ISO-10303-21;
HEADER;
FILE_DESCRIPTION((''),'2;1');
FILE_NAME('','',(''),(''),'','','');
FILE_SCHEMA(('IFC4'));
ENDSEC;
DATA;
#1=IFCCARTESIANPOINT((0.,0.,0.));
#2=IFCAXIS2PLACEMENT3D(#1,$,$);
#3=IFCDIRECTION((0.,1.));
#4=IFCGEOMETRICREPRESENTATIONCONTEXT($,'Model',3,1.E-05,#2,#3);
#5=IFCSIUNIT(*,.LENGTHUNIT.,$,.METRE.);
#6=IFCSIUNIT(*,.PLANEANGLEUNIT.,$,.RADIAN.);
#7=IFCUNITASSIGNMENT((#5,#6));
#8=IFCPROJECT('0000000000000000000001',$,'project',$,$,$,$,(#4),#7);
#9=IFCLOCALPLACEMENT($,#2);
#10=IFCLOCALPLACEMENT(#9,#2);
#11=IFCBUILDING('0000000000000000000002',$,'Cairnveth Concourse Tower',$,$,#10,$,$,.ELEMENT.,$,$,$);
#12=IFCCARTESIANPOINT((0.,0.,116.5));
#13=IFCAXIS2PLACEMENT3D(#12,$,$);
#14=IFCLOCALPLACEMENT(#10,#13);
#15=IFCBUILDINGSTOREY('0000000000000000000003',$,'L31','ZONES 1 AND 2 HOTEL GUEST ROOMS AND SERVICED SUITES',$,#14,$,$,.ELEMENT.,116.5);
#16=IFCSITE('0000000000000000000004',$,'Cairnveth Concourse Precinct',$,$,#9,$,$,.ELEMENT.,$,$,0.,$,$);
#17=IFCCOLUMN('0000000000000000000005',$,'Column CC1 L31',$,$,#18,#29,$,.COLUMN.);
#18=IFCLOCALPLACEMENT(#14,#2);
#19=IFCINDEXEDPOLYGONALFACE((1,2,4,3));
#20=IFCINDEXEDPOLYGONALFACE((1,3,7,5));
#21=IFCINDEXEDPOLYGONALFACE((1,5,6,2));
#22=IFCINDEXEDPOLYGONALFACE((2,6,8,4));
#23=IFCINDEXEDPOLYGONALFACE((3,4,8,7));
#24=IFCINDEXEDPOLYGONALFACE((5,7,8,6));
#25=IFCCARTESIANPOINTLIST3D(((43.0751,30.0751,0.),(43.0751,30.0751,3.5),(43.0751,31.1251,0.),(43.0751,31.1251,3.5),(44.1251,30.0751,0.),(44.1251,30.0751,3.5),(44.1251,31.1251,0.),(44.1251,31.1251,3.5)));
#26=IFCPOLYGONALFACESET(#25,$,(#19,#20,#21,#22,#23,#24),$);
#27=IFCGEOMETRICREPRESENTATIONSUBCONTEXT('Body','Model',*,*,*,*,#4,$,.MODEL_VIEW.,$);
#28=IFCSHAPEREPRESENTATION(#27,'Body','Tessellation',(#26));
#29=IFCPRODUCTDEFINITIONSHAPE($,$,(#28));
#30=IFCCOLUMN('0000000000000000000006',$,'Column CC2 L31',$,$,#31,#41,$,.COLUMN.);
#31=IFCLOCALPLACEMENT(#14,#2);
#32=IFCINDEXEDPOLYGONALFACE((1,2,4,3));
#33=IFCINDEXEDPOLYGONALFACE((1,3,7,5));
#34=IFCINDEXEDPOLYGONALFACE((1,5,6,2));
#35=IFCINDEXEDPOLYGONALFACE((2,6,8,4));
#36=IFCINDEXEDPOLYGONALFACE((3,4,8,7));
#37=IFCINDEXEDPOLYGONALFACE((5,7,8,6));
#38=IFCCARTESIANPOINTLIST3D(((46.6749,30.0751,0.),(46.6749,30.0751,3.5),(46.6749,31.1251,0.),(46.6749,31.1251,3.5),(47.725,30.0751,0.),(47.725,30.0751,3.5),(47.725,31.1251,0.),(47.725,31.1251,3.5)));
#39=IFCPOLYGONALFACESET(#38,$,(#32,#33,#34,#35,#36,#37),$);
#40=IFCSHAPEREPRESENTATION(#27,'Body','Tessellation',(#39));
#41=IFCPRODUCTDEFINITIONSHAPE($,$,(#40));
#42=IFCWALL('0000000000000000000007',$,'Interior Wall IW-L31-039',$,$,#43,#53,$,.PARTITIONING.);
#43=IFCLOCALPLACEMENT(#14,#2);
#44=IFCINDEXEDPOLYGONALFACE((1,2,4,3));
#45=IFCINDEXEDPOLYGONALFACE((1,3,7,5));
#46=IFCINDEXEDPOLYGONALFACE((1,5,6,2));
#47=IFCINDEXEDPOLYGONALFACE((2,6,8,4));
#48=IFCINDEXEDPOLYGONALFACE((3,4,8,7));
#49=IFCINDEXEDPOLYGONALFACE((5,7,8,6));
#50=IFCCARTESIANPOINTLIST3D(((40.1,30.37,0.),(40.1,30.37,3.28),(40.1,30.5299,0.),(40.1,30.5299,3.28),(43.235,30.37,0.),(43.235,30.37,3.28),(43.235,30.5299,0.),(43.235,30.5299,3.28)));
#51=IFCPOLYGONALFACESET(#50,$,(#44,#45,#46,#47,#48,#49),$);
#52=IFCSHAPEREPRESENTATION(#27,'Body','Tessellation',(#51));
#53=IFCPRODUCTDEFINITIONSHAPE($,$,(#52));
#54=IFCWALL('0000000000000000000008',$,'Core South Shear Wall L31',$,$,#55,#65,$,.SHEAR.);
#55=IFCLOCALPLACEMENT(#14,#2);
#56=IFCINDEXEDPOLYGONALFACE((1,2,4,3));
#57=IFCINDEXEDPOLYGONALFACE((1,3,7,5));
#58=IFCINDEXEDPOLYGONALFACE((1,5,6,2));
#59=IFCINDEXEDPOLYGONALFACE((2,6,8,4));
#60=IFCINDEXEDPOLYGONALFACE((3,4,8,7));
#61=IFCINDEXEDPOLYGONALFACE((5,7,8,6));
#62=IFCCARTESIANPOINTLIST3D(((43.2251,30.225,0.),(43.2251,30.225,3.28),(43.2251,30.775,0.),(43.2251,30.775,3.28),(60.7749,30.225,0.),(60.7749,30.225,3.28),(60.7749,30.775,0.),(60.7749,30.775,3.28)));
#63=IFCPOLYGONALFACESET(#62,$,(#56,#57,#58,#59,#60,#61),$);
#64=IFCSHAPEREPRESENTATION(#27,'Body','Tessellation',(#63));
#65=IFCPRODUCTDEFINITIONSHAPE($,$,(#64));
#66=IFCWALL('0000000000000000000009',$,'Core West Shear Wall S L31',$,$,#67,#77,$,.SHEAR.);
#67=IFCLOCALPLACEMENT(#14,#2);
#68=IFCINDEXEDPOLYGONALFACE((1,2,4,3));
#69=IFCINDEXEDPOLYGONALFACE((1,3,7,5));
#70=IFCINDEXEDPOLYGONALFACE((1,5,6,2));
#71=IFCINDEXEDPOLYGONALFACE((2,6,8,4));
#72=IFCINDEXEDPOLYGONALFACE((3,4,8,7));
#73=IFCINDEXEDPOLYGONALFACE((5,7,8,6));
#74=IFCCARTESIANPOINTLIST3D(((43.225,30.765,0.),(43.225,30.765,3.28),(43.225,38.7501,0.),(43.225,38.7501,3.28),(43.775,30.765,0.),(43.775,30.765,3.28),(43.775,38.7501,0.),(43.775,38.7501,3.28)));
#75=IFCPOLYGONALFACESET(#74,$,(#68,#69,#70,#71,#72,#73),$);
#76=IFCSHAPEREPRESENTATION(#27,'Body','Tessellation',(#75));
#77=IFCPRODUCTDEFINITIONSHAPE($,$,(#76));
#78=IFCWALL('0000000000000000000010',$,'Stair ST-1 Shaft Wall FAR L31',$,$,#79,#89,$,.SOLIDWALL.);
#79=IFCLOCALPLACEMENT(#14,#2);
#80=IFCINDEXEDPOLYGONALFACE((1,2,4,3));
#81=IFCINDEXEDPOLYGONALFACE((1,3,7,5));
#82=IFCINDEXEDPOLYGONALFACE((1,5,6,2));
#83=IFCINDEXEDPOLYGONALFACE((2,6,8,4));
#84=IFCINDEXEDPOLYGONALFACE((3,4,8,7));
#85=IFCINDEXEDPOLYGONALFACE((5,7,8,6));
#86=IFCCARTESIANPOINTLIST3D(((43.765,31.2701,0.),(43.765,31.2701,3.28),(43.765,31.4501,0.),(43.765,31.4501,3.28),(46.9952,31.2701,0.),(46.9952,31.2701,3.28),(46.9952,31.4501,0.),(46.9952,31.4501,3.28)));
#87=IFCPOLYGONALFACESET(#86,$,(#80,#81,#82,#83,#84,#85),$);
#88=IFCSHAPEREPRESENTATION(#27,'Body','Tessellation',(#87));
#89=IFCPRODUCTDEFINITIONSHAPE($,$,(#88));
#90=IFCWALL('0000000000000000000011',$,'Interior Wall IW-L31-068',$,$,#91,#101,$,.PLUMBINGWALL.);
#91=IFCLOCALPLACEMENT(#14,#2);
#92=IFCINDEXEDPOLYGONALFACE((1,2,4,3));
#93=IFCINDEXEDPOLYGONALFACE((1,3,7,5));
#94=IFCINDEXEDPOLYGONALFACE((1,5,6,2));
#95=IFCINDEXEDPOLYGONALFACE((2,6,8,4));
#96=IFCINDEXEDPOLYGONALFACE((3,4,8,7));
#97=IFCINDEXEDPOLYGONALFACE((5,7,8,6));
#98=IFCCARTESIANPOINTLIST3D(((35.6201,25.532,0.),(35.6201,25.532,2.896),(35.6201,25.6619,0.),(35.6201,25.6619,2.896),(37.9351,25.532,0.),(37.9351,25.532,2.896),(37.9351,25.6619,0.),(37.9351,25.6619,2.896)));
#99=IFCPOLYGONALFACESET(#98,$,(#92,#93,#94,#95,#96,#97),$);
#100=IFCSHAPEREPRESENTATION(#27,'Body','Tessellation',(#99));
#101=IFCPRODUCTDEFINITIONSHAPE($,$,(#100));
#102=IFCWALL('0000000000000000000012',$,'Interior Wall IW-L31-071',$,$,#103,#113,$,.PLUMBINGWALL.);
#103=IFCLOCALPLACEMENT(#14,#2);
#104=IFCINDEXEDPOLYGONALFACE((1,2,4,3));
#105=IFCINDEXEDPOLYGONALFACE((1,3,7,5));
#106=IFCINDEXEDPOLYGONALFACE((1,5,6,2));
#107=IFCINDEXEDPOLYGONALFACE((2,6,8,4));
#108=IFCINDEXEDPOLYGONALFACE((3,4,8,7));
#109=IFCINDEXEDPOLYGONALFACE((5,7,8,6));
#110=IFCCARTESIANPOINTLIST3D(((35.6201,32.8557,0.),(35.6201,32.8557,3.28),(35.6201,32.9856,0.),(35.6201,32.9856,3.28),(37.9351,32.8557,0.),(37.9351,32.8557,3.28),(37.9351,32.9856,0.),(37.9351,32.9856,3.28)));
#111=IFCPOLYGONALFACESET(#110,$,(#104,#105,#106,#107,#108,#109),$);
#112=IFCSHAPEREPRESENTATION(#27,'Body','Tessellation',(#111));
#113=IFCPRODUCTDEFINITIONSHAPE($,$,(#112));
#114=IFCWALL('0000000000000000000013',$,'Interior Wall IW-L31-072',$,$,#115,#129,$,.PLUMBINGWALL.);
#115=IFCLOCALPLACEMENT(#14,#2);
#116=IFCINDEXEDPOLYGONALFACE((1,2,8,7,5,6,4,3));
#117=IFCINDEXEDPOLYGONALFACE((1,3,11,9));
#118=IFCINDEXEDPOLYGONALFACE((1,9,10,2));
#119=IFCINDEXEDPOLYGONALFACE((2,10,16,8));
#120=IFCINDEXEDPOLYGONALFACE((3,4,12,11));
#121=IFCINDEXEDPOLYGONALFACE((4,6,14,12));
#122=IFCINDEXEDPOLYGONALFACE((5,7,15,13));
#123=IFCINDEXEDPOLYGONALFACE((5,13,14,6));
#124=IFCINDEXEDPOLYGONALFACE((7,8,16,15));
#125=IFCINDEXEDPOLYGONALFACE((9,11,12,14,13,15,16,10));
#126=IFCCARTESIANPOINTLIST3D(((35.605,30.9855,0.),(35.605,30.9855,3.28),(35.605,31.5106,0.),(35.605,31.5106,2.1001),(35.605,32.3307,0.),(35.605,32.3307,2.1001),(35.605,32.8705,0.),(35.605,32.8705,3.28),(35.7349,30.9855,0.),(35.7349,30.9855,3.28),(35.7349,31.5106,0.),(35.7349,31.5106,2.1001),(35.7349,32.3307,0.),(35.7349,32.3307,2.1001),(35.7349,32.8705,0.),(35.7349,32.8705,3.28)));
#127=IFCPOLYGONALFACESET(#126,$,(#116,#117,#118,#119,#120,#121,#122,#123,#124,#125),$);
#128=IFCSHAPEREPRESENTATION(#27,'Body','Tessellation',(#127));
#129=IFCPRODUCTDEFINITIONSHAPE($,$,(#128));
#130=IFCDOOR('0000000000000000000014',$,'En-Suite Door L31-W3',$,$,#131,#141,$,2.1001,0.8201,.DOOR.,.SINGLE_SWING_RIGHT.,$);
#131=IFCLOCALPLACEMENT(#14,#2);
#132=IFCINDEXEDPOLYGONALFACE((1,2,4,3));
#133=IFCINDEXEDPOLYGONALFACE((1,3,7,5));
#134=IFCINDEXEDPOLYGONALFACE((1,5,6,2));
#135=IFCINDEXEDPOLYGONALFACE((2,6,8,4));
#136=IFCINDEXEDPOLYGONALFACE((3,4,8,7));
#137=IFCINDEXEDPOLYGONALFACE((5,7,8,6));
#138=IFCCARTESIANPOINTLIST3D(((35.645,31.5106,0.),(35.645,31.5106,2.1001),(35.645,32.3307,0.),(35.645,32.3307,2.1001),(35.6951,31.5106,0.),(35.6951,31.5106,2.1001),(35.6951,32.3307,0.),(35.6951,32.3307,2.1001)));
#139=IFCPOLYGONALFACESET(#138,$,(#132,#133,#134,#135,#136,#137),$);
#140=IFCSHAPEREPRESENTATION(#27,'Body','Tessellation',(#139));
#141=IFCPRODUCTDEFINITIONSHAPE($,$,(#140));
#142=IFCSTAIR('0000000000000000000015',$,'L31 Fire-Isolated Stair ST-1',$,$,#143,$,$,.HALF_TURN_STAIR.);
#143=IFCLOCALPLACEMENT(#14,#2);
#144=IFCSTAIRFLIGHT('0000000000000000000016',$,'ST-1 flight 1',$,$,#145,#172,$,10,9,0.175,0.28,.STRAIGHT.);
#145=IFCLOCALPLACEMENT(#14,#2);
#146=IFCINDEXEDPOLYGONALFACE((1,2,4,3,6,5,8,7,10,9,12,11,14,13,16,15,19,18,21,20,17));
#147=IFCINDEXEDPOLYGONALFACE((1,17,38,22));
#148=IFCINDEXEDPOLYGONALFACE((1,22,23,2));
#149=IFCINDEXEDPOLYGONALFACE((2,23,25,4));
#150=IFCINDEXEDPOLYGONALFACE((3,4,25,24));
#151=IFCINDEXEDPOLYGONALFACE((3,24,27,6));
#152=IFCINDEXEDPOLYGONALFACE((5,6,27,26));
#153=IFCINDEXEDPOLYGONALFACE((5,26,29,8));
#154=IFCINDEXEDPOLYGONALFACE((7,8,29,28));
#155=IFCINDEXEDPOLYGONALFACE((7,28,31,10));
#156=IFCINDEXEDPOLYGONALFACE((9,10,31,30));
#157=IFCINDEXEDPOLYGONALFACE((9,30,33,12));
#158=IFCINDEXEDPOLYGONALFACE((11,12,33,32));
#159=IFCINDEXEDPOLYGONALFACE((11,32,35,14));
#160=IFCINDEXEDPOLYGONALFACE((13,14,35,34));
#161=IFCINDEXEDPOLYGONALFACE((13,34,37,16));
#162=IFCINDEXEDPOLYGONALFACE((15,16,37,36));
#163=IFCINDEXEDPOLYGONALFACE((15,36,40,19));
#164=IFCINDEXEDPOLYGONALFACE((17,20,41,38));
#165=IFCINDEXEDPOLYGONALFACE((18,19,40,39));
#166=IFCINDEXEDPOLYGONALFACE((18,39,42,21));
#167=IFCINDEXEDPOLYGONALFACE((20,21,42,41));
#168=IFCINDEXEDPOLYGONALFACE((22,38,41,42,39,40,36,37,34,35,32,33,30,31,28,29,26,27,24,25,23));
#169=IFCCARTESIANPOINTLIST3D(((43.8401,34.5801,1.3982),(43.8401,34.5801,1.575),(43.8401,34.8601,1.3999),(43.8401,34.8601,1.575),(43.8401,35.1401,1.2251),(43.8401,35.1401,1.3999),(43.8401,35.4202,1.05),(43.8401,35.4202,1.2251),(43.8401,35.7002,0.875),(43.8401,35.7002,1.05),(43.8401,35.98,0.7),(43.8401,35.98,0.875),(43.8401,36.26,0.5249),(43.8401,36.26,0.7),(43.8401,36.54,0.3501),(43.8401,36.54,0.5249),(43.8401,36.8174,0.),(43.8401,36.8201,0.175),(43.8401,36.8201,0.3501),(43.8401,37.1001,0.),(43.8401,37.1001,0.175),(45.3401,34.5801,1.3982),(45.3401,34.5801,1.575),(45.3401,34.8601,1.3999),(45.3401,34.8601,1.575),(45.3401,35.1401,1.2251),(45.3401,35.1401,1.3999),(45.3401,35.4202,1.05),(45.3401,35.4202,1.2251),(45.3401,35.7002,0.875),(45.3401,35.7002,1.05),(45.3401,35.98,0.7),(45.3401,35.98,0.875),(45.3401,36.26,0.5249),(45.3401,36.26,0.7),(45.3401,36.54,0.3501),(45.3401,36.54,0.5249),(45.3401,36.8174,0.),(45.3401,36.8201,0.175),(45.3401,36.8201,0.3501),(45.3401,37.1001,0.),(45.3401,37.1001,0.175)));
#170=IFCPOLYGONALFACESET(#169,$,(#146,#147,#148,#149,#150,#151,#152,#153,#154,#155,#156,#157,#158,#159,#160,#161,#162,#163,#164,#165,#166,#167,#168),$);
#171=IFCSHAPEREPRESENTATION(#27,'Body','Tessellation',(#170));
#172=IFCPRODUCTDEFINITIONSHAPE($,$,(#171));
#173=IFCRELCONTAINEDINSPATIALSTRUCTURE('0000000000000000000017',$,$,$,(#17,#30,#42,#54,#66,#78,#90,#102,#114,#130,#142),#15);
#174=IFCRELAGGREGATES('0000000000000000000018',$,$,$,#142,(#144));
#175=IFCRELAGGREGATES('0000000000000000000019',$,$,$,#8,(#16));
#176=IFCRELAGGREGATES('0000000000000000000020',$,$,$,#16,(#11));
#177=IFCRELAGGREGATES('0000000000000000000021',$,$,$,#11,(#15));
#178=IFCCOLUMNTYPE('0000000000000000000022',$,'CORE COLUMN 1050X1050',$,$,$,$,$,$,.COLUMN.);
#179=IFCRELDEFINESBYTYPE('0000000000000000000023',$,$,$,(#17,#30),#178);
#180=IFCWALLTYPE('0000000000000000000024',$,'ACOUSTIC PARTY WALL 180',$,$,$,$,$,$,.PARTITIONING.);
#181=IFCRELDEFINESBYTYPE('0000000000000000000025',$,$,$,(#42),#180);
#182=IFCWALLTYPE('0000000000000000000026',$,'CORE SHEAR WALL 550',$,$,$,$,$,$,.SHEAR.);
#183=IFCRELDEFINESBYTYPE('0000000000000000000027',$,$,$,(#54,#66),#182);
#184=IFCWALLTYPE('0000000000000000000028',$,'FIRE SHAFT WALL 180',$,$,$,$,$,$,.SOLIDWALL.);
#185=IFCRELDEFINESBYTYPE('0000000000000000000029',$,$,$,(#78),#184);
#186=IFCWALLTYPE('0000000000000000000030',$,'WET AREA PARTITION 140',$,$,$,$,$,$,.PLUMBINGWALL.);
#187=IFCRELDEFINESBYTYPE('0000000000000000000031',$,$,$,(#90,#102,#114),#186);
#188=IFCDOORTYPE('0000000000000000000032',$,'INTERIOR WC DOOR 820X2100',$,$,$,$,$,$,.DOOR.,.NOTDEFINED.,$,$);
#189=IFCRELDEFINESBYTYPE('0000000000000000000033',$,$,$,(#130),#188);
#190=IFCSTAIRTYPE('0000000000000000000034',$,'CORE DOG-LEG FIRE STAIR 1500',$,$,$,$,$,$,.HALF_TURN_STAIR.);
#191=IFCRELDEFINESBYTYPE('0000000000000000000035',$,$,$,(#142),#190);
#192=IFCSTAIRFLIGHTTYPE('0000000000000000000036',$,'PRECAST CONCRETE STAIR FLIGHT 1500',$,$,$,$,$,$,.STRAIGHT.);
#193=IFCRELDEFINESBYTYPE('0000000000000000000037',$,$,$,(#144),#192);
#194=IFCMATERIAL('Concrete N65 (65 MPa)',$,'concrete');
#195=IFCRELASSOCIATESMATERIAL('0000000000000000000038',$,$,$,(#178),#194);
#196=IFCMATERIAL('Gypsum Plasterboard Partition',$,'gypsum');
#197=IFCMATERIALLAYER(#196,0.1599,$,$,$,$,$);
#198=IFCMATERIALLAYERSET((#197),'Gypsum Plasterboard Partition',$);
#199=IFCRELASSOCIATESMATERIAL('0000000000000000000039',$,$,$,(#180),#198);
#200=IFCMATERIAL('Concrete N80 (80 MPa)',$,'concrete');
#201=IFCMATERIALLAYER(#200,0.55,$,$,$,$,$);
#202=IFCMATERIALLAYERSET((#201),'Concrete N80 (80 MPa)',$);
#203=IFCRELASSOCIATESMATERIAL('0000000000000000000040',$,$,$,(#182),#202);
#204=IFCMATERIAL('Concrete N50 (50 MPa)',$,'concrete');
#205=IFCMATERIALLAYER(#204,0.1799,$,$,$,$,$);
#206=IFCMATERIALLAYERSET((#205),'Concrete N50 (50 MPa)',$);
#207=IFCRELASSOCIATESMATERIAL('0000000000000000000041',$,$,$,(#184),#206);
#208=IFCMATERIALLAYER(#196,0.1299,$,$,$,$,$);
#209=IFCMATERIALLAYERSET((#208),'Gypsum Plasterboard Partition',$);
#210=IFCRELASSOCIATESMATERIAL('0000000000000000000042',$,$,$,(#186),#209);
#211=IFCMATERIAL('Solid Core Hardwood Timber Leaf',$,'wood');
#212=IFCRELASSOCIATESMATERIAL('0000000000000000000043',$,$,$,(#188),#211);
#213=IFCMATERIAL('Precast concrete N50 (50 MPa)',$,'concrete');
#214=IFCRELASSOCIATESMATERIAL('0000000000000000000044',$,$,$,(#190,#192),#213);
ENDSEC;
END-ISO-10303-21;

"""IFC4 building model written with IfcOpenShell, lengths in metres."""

from ifc_helpers import new_model, si_unit, direction, frame, frame_2d, origin, origin_2d, place, context, subcontext, project, spatial, polyline, rectangle, outline, extrude, material, layer, layer_set, material_profile, profile_set, type_object, element, fill, aggregate, save


model = new_model("IFC4")

# Units and contexts
model_context = context("Model", 3, precision=1e-05, world=origin(), true_north=direction((0.0, 1.0)))
body_context = subcontext(model_context, "Body", "Model", "MODEL_VIEW")
ifc_project = project(units=[si_unit("LENGTHUNIT", "METRE"), si_unit("PLANEANGLEUNIT", "RADIAN")], contexts=[model_context])

# Site, building, storey
site_placement = place(None, origin())
site = spatial("IfcSite", under=ifc_project, at=site_placement, Name="Cairnveth Concourse Precinct", CompositionType="ELEMENT", RefElevation=0.0)
building_placement = place(site_placement, origin())
building = spatial("IfcBuilding", under=site, at=building_placement, Name="Cairnveth Concourse Tower", CompositionType="ELEMENT")
storey_placement = place(building_placement, frame((0.0, 0.0, 116.5)))
storey = spatial("IfcBuildingStorey", under=building, at=storey_placement, Name="L31", Description="ZONES 1 AND 2 HOTEL GUEST ROOMS AND SERVICED SUITES", CompositionType="ELEMENT", Elevation=116.5)

# Columns
ifc_material_1 = material(Name="Concrete N65 (65 MPa)", Category="concrete")
ifc_material_profile = material_profile(ifc_material_1, rectangle(XDim=1.05, YDim=1.05, at=origin_2d()), Name="RC-COL-1050x1050")
ifc_profile_set = profile_set([ifc_material_profile], Name="Concrete N65 (65 MPa)")
column_type = type_object("IfcColumnType", Name="CORE COLUMN 1050X1050", PredefinedType="COLUMN", material=ifc_profile_set)
for number, where, z_axis, x_axis, name in (
    (1, (43.6001, 30.6001, 0.0), (0.0, 0.0, 1.0), (1.0, 0.0, 0.0), "Column CC1 L31"),
    (2, (47.2, 30.6001, 0.0), (0.0, 0.0, 1.0), (1.0, 0.0, 0.0), "Column CC2 L31"),
):
    element("IfcColumn", number, at=place(storey_placement, frame(where, z_axis=z_axis, x_axis=x_axis)), inside=storey, type_object=column_type, Name=name, PredefinedType="COLUMN", context=body_context, shape_type="SweptSolid", body=[
        extrude(rectangle(XDim=1.05, YDim=1.05, at=origin_2d()), origin(), (0.0, 0.0, 1.0), 3.5),
    ])

# Wall
ifc_material_2 = material(Name="Gypsum Plasterboard Partition", Category="gypsum")
ifc_layer_1 = layer(ifc_material_2, 0.1599)
ifc_layer_set_1 = layer_set([ifc_layer_1], Name="Gypsum Plasterboard Partition")
wall_type_1 = type_object("IfcWallType", Name="ACOUSTIC PARTY WALL 180", PredefinedType="PARTITIONING", material=ifc_layer_set_1)
wall_1_placement = place(storey_placement, frame((40.1001, 30.45, 0.0), z_axis=(0.0, 0.0, 1.0), x_axis=(1.0, 0.0, 0.0)))
element("IfcWall", 3, at=wall_1_placement, inside=storey, type_object=wall_type_1, Name="Interior Wall IW-L31-039", PredefinedType="PARTITIONING", context=body_context, shape_type="SweptSolid", body=[
    extrude(rectangle(XDim=3.135, YDim=0.1599, at=frame_2d((1.5674, 0.0))), origin(), (0.0, 0.0, 1.0), 3.28),
])

# Shared definitions
ifc_material_3 = material(Name="Solid Core Hardwood Timber Leaf", Category="wood")

# Walls
ifc_material_4 = material(Name="Concrete N80 (80 MPa)", Category="concrete")
ifc_layer_2 = layer(ifc_material_4, 0.55)
ifc_layer_set_2 = layer_set([ifc_layer_2], Name="Concrete N80 (80 MPa)")
wall_type_2 = type_object("IfcWallType", Name="CORE SHEAR WALL 550", PredefinedType="SHEAR", material=ifc_layer_set_2)
wall_2_placement = place(storey_placement, frame((43.2251, 30.5, 0.0), z_axis=(0.0, 0.0, 1.0), x_axis=(1.0, 0.0, 0.0)))
element("IfcWall", 4, at=wall_2_placement, inside=storey, type_object=wall_type_2, Name="Core South Shear Wall L31", PredefinedType="SHEAR", context=body_context, shape_type="SweptSolid", body=[
    extrude(rectangle(XDim=17.5498, YDim=0.55, at=frame_2d((8.7749, 0.0))), origin(), (0.0, 0.0, 1.0), 3.28),
])
wall_3_placement = place(storey_placement, frame((43.5, 30.7649, 0.0), z_axis=(0.0, 0.0, 1.0), x_axis=(0.0, 1.0, 0.0)))
element("IfcWall", 5, at=wall_3_placement, inside=storey, type_object=wall_type_2, Name="Core West Shear Wall S L31", PredefinedType="SHEAR", context=body_context, shape_type="SweptSolid", body=[
    extrude(rectangle(XDim=7.9851, YDim=0.55, at=frame_2d((3.9927, 0.0))), origin(), (0.0, 0.0, 1.0), 3.28),
])
ifc_material_5 = material(Name="Concrete N50 (50 MPa)", Category="concrete")
ifc_layer_3 = layer(ifc_material_5, 0.1799)
ifc_layer_set_3 = layer_set([ifc_layer_3], Name="Concrete N50 (50 MPa)")
wall_type_3 = type_object("IfcWallType", Name="FIRE SHAFT WALL 180", PredefinedType="SOLIDWALL", material=ifc_layer_set_3)
wall_4_placement = place(storey_placement, frame((43.7649, 31.3601, 0.0), z_axis=(0.0, 0.0, 1.0), x_axis=(1.0, 0.0, 0.0)))
element("IfcWall", 6, at=wall_4_placement, inside=storey, type_object=wall_type_3, Name="Stair ST-1 Shaft Wall FAR L31", PredefinedType="SOLIDWALL", context=body_context, shape_type="SweptSolid", body=[
    extrude(rectangle(XDim=3.2302, YDim=0.1799, at=frame_2d((1.6152, 0.0))), origin(), (0.0, 0.0, 1.0), 3.28),
])
ifc_layer_4 = layer(ifc_material_2, 0.1299)
ifc_layer_set_4 = layer_set([ifc_layer_4], Name="Gypsum Plasterboard Partition")
wall_type_4 = type_object("IfcWallType", Name="WET AREA PARTITION 140", PredefinedType="PLUMBINGWALL", material=ifc_layer_set_4)
wall_5_placement = place(storey_placement, frame((35.6201, 25.5969, 0.0), z_axis=(0.0, 0.0, 1.0), x_axis=(1.0, 0.0, 0.0)))
element("IfcWall", 7, at=wall_5_placement, inside=storey, type_object=wall_type_4, Name="Interior Wall IW-L31-068", PredefinedType="PLUMBINGWALL", context=body_context, shape_type="SweptSolid", body=[
    extrude(rectangle(XDim=2.3149, YDim=0.1299, at=frame_2d((1.1575, 0.0))), origin(), (0.0, 0.0, 1.0), 2.896),
])
wall_6_placement = place(storey_placement, frame((35.6201, 32.9207, 0.0), z_axis=(0.0, 0.0, 1.0), x_axis=(1.0, 0.0, 0.0)))
element("IfcWall", 8, at=wall_6_placement, inside=storey, type_object=wall_type_4, Name="Interior Wall IW-L31-071", PredefinedType="PLUMBINGWALL", context=body_context, shape_type="SweptSolid", body=[
    extrude(rectangle(XDim=2.3149, YDim=0.1299, at=frame_2d((1.1575, 0.0))), origin(), (0.0, 0.0, 1.0), 3.28),
])

# Wall, opening, door
wall_7_placement = place(storey_placement, frame((35.6699, 30.9856, 0.0), z_axis=(0.0, 0.0, 1.0), x_axis=(0.0, 1.0, 0.0)))
wall_7 = element("IfcWall", 9, at=wall_7_placement, inside=storey, type_object=wall_type_4, Name="Interior Wall IW-L31-072", PredefinedType="PLUMBINGWALL", context=body_context, shape_type="SweptSolid", body=[
    extrude(rectangle(XDim=1.885, YDim=0.1299, at=frame_2d((0.9424, 0.0))), origin(), (0.0, 0.0, 1.0), 3.28),
])
opening_1_placement = place(wall_7_placement, frame((0.5249, 0.0, 0.0)))
opening_1 = element("IfcOpeningElement", 10, at=opening_1_placement, cuts=wall_7, PredefinedType="OPENING", context=body_context, shape_type="SweptSolid", body=[
    extrude(rectangle(XDim=0.8201, YDim=2.1001, at=frame_2d((0.4102, 1.05))), frame((0.0, 0.075, 0.0), z_axis=(0.0, -1.0, 0.0), x_axis=(1.0, 0.0, 0.0)), (0.0, 0.0, 1.0), 0.1499),
])
door_type_1 = type_object("IfcDoorType", Name="INTERIOR WC DOOR 820X2100", OperationType="NOTDEFINED", PredefinedType="DOOR", material=ifc_material_3)
door_1_placement = place(opening_1_placement, origin())
door_1 = element("IfcDoor", 11, at=door_1_placement, inside=storey, type_object=door_type_1, Name="En-Suite Door L31-W3", OperationType="SINGLE_SWING_RIGHT", OverallHeight=2.1001, OverallWidth=0.8201, PredefinedType="DOOR", context=body_context, shape_type="SweptSolid", body=[
    extrude(rectangle(XDim=0.8201, YDim=2.1001, at=frame_2d((0.4102, 1.05))), frame((0.0, 0.0249, 0.0), z_axis=(0.0, -1.0, 0.0), x_axis=(1.0, 0.0, 0.0)), (0.0, 0.0, 1.0), 0.05),
])
fill(opening_1, door_1)

# Stair, stair flight
ifc_material_6 = material(Name="Precast concrete N50 (50 MPa)", Category="concrete")
stair_type = type_object("IfcStairType", Name="CORE DOG-LEG FIRE STAIR 1500", PredefinedType="HALF_TURN_STAIR", material=ifc_material_6)
stair_placement = place(storey_placement, origin())
stair = element("IfcStair", 12, at=stair_placement, inside=storey, type_object=stair_type, Name="L31 Fire-Isolated Stair ST-1", PredefinedType="HALF_TURN_STAIR")
stair_flight_type = type_object("IfcStairFlightType", Name="PRECAST CONCRETE STAIR FLIGHT 1500", PredefinedType="STRAIGHT", material=ifc_material_6)
stair_flight_1_placement = place(storey_placement, frame((44.5901, 37.1001, 0.0), z_axis=(0.0, 0.0, 1.0), x_axis=(0.0, -1.0, 0.0)))
stair_flight_1 = element("IfcStairFlight", 13, at=stair_flight_1_placement, type_object=stair_flight_type, Name="ST-1 flight 1", NumberOfRisers=10, NumberOfTreads=9, PredefinedType="STRAIGHT", RiserHeight=0.175, TreadLength=0.28, context=body_context, shape_type="SweptSolid", body=[
    extrude(outline(polyline([(0.0, 0.0), (0.0, 0.175), (0.28, 0.175), (0.28, 0.3501), (0.5601, 0.3501), (0.5601, 0.5249), (0.8401, 0.5249), (0.8401, 0.7), (1.1201, 0.7), (1.1201, 0.875), (1.3999, 0.875), (1.3999, 1.05), (1.6799, 1.05), (1.6799, 1.2251), (1.96, 1.2251), (1.96, 1.3999), (2.24, 1.3999), (2.24, 1.575), (2.52, 1.575), (2.52, 1.75), (2.52, 1.3982), (0.2827, 0.0), (0.0, 0.0)])), frame((0.0, 0.75, 0.0), z_axis=(0.0, -1.0, 0.0), x_axis=(1.0, 0.0, 0.0)), (0.0, 0.0, 1.0), 1.5),
])
aggregate(stair, [stair_flight_1])

save(model, "model.ifc")
